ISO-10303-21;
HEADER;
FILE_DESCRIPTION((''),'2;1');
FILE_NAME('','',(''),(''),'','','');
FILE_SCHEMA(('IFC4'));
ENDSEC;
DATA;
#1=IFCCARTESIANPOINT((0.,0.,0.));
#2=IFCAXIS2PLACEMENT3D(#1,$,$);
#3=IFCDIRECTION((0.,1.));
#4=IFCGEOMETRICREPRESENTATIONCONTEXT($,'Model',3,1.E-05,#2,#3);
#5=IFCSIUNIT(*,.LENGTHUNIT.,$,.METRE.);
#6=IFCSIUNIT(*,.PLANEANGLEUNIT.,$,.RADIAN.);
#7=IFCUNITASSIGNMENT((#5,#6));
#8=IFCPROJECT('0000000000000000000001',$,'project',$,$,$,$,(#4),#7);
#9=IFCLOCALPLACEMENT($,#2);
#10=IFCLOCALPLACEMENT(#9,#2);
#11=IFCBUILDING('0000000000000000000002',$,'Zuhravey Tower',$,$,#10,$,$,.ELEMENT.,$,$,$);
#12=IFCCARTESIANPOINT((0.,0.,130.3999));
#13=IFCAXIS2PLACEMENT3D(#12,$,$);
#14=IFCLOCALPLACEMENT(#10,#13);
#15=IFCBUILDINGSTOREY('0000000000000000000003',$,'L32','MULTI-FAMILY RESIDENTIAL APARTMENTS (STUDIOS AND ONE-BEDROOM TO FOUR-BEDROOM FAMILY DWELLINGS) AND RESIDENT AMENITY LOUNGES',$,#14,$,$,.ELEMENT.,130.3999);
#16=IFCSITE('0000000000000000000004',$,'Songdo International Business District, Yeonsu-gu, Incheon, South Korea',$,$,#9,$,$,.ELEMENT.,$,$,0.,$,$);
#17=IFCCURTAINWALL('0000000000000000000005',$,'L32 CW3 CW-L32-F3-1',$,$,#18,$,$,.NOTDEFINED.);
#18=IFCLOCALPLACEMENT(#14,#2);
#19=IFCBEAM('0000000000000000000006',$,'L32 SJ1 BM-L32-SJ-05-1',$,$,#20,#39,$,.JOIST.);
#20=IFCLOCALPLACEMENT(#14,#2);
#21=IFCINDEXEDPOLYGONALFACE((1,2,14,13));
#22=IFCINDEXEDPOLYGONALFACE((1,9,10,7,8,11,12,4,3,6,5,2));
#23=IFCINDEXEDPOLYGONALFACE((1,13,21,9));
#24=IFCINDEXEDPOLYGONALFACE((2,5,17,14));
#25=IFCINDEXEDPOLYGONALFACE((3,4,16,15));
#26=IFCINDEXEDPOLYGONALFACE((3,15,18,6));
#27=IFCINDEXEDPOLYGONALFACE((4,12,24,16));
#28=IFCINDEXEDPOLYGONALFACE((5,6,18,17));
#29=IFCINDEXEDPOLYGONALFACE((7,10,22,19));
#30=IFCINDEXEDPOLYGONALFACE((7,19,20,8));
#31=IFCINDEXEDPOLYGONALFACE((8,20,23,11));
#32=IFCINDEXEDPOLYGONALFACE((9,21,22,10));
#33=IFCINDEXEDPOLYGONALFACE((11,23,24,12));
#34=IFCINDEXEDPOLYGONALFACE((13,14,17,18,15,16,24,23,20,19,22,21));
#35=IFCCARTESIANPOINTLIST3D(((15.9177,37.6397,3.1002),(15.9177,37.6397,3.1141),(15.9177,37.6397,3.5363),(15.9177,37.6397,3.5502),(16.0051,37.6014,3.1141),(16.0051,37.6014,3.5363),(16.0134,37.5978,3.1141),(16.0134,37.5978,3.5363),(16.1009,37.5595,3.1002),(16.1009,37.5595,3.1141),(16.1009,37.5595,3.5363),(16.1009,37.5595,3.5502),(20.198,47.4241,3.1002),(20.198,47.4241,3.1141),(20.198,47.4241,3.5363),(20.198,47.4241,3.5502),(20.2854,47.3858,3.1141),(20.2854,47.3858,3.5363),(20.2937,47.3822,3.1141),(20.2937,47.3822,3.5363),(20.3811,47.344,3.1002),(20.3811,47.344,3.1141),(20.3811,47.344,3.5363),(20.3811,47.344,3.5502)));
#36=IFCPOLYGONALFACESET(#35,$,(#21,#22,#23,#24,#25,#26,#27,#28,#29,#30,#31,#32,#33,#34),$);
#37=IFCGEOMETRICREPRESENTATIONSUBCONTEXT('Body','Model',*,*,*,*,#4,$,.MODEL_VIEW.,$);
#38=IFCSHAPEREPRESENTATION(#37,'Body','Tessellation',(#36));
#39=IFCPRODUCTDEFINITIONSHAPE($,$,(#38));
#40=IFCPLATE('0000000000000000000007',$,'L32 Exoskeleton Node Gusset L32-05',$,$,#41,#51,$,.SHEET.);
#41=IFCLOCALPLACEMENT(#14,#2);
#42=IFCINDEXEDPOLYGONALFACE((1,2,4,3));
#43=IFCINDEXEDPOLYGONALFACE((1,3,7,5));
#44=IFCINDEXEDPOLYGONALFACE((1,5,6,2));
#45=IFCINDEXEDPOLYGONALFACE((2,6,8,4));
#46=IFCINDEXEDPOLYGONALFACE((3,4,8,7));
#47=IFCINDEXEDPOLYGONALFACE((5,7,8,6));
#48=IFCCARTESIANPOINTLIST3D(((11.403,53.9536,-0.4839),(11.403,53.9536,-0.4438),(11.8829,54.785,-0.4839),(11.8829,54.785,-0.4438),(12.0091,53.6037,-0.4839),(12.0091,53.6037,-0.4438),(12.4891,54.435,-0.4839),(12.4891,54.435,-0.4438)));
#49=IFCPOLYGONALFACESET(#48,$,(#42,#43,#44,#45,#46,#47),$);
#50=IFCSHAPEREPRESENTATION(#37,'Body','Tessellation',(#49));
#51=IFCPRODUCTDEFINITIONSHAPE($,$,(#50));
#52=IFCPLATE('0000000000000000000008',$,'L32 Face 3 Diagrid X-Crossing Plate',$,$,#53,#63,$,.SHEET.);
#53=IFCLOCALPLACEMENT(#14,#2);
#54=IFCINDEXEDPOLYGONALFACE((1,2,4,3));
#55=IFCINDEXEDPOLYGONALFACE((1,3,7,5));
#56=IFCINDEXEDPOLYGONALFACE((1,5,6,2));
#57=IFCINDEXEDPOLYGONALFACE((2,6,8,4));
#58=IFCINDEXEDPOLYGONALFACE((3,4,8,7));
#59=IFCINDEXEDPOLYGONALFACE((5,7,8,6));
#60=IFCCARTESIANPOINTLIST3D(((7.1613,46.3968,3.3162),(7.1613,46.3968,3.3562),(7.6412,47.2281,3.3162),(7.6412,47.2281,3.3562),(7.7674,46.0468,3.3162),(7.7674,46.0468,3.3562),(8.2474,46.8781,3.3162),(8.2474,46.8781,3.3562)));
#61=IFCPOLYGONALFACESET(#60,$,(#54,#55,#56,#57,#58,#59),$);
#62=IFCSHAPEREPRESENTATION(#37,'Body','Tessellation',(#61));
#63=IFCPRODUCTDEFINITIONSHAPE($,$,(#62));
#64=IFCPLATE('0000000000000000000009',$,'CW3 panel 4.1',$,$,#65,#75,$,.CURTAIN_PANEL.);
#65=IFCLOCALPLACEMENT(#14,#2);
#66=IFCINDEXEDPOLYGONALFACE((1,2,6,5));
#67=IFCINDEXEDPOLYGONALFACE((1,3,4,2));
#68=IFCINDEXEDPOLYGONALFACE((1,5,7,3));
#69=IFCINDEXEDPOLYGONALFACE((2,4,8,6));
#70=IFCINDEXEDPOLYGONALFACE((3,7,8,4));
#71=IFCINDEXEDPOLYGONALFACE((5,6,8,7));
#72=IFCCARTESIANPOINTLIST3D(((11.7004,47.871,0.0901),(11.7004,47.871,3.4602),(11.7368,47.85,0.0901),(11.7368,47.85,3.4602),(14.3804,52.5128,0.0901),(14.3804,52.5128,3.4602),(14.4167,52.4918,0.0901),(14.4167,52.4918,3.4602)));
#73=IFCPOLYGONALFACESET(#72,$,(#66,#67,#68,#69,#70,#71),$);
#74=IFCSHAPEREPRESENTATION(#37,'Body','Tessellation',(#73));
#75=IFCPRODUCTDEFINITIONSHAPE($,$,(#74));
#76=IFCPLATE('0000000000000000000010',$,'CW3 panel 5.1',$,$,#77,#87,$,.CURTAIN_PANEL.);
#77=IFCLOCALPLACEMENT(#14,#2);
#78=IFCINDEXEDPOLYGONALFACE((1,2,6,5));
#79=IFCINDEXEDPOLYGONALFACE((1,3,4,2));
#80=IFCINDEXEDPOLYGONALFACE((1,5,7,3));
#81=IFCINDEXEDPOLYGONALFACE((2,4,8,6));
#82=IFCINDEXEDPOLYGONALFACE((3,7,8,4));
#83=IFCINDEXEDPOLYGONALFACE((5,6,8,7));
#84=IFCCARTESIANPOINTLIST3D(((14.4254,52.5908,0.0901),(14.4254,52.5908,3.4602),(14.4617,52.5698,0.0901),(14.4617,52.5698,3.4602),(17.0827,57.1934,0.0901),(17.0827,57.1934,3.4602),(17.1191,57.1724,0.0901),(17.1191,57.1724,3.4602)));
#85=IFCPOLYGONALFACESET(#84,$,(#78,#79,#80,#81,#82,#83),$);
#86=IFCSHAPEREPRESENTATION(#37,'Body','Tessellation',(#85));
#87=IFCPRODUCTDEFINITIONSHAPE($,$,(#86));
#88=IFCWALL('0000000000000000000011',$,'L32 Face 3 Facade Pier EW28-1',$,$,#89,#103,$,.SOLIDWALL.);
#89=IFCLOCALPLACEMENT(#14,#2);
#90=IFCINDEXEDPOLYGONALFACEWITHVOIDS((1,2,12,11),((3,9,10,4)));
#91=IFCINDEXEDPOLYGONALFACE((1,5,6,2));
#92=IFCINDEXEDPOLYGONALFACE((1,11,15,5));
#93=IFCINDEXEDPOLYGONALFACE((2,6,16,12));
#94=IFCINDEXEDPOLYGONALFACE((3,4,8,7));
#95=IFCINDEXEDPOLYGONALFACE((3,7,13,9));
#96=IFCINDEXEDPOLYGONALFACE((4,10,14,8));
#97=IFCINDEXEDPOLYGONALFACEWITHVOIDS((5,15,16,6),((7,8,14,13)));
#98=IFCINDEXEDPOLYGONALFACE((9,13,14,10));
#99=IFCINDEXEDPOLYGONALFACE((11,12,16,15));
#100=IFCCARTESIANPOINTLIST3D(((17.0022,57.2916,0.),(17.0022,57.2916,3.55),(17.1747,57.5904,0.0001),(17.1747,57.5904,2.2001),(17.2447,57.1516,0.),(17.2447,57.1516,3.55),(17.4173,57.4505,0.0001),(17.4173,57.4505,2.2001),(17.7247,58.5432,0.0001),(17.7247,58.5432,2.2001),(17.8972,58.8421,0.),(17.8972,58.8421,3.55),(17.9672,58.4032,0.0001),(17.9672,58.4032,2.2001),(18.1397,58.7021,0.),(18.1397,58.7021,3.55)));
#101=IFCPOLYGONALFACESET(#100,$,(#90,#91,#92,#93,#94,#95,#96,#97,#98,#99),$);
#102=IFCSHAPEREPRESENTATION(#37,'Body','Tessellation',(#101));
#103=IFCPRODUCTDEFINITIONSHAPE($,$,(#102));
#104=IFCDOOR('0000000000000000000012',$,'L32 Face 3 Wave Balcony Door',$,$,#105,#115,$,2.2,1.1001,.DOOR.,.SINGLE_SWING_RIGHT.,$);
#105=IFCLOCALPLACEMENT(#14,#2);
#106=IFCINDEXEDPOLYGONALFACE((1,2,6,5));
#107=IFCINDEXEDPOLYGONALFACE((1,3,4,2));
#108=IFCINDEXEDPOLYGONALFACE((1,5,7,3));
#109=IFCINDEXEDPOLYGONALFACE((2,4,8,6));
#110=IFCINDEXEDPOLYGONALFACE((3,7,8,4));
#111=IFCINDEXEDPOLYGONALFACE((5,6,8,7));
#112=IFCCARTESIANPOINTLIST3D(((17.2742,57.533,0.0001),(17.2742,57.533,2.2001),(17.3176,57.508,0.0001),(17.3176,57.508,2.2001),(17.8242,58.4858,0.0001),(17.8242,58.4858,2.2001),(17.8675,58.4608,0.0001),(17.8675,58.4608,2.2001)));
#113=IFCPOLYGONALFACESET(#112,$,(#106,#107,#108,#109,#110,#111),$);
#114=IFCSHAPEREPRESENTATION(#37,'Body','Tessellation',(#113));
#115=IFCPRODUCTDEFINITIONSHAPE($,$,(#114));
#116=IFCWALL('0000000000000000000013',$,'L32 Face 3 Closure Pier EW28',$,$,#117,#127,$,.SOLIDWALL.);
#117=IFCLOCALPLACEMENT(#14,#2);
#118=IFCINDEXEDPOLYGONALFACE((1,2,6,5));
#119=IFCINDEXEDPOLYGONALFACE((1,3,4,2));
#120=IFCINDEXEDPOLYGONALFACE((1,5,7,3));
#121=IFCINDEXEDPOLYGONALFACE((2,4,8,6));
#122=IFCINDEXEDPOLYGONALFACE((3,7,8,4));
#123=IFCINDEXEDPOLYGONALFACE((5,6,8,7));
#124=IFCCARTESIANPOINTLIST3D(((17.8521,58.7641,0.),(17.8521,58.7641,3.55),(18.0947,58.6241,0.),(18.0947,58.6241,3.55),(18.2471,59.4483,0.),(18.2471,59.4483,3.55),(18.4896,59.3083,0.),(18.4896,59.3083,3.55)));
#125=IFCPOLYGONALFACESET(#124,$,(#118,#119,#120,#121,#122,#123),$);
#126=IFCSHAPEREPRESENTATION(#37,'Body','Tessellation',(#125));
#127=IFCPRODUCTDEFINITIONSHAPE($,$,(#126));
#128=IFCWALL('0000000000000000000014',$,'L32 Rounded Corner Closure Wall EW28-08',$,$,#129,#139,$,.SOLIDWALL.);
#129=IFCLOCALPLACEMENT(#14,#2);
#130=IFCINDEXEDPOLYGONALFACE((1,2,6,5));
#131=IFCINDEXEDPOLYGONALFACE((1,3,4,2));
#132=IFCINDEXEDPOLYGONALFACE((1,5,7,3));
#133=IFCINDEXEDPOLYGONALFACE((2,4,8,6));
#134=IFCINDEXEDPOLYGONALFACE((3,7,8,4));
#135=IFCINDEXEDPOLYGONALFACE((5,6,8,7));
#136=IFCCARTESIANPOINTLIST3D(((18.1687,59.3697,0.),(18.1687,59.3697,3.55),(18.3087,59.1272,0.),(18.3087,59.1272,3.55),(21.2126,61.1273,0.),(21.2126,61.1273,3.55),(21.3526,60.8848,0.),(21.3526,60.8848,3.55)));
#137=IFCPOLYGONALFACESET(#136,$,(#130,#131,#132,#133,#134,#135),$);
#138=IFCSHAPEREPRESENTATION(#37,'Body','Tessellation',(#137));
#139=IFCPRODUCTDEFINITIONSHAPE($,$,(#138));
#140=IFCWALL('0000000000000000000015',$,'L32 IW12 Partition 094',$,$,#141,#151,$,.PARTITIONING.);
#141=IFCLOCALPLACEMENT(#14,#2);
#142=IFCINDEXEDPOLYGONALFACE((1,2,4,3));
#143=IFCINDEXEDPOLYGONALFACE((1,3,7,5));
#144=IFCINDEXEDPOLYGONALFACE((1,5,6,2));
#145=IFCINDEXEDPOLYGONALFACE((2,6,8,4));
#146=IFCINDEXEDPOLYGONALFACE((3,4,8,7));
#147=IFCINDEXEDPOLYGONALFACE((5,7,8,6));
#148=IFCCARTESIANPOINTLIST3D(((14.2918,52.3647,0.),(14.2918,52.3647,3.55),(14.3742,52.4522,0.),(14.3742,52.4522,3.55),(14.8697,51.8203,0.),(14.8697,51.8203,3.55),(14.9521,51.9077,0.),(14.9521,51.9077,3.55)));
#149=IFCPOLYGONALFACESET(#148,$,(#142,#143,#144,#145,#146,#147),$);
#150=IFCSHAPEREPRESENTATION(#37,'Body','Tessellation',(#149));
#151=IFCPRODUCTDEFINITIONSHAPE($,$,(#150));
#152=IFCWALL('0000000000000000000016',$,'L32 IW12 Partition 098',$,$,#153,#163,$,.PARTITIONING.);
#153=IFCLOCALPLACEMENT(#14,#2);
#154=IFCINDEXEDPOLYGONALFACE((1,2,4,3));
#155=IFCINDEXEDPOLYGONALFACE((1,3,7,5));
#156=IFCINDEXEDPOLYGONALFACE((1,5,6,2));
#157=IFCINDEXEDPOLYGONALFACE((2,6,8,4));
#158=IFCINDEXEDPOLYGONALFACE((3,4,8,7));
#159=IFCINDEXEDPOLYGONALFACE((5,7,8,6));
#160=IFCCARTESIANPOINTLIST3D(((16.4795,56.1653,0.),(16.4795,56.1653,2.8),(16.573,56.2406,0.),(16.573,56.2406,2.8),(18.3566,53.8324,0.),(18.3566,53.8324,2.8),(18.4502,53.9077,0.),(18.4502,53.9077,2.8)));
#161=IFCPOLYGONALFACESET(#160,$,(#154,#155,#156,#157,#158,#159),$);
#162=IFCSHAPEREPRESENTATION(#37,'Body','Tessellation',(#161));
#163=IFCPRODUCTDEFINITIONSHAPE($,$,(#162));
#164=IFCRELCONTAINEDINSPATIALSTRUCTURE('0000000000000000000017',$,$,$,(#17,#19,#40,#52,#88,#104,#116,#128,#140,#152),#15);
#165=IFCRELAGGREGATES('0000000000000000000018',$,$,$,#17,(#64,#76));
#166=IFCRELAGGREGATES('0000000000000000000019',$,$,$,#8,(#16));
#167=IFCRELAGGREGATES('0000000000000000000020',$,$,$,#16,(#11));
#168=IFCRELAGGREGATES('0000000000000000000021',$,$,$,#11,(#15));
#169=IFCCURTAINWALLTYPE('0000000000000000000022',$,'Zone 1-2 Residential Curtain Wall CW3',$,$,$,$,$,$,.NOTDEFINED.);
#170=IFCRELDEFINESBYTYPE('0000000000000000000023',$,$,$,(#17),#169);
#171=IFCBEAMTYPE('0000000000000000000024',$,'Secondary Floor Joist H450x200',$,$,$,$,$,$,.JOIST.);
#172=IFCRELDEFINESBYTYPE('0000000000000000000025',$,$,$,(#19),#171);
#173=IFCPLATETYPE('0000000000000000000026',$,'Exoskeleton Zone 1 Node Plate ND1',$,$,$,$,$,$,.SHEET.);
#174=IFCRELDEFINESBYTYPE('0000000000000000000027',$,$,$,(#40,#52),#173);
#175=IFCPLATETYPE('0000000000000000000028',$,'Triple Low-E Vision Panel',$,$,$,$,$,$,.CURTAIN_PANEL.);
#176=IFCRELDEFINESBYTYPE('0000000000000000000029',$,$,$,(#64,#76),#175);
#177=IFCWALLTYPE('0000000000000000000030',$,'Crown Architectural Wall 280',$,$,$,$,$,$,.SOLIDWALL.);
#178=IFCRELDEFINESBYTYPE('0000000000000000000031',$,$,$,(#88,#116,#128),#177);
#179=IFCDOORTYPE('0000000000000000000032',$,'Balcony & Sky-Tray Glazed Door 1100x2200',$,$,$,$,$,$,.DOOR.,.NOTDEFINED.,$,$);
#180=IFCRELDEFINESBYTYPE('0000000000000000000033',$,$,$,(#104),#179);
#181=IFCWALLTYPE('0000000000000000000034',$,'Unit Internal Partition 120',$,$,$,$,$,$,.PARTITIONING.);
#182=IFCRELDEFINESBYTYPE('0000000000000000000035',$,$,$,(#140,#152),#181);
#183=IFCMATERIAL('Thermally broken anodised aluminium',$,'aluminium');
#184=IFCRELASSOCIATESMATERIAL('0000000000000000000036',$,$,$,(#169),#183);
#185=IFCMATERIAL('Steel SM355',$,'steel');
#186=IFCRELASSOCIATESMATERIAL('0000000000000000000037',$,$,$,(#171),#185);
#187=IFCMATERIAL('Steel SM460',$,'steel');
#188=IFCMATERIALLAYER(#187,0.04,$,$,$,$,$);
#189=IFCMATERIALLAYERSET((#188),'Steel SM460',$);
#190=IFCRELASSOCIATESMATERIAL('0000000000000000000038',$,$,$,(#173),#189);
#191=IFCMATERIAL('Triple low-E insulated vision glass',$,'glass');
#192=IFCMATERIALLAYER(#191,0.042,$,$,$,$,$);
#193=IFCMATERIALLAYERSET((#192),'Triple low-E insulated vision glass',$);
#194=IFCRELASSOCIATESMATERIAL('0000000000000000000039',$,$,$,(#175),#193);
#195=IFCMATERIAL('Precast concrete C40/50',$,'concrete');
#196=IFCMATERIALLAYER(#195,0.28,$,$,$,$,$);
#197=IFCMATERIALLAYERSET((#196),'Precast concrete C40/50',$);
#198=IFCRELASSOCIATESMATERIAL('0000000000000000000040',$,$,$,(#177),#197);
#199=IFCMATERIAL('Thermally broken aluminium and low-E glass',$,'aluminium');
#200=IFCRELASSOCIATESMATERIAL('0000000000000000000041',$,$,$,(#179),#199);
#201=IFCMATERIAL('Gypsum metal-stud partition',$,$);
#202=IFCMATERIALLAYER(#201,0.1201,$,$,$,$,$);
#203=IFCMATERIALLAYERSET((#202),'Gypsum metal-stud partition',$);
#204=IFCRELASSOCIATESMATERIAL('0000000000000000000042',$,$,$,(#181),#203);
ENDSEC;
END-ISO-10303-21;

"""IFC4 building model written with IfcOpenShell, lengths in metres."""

from ifc_helpers import new_model, si_unit, direction, frame, frame_2d, origin, origin_2d, place, context, subcontext, project, spatial, rectangle, i_section, extrude, material, layer, layer_set, material_profile, profile_set, type_object, element, fill, aggregate, save


model = new_model("IFC4")

# Units and contexts
model_context = context("Model", 3, precision=1e-05, world=origin(), true_north=direction((0.0, 1.0)))
body_context = subcontext(model_context, "Body", "Model", "MODEL_VIEW")
ifc_project = project(units=[si_unit("LENGTHUNIT", "METRE"), si_unit("PLANEANGLEUNIT", "RADIAN")], contexts=[model_context])

# Site, building, storey
site_placement = place(None, origin())
site = spatial("IfcSite", under=ifc_project, at=site_placement, Name="Songdo International Business District, Yeonsu-gu, Incheon, South Korea", CompositionType="ELEMENT", RefElevation=0.0)
building_placement = place(site_placement, origin())
building = spatial("IfcBuilding", under=site, at=building_placement, Name="Zuhravey Tower", CompositionType="ELEMENT")
storey_placement = place(building_placement, frame((0.0, 0.0, 130.3999)))
storey = spatial("IfcBuildingStorey", under=building, at=storey_placement, Name="L32", Description="MULTI-FAMILY RESIDENTIAL APARTMENTS (STUDIOS AND ONE-BEDROOM TO FOUR-BEDROOM FAMILY DWELLINGS) AND RESIDENT AMENITY LOUNGES", CompositionType="ELEMENT", Elevation=130.3999)

# Curtain wall
ifc_material_1 = material(Name="Thermally broken anodised aluminium", Category="aluminium")
curtain_wall_type = type_object("IfcCurtainWallType", Name="Zone 1-2 Residential Curtain Wall CW3", PredefinedType="NOTDEFINED", material=ifc_material_1)
curtain_wall_1_placement = place(storey_placement, origin())
curtain_wall_1 = element("IfcCurtainWall", 1, at=curtain_wall_1_placement, inside=storey, type_object=curtain_wall_type, Name="L32 CW3 CW-L32-F3-1", PredefinedType="NOTDEFINED")

# Shared definitions
ifc_material_2 = material(Name="Steel SM355", Category="steel")
ifc_material_3 = material(Name="Steel SM460", Category="steel")

# Beam
ifc_material_profile_1 = material_profile(ifc_material_2, i_section(OverallWidth=0.2, OverallDepth=0.45, WebThickness=0.009, FlangeThickness=0.0139, at=origin_2d()), Name="H-450x200x9x14")
ifc_profile_set_1 = profile_set([ifc_material_profile_1], Name="Steel SM355")
beam_type_1 = type_object("IfcBeamType", Name="Secondary Floor Joist H450x200", PredefinedType="JOIST", material=ifc_profile_set_1)
beam_1_placement = place(storey_placement, frame((20.2896, 47.384, 3.3252), z_axis=(-0.400786, -0.916172, 0.0), x_axis=(0.916172, -0.400786, 0.0)))
element("IfcBeam", 2, at=beam_1_placement, inside=storey, type_object=beam_type_1, Name="L32 SJ1 BM-L32-SJ-05-1", PredefinedType="JOIST", context=body_context, shape_type="SweptSolid", body=[
    extrude(i_section(OverallWidth=0.2, OverallDepth=0.45, WebThickness=0.009, FlangeThickness=0.0139, at=origin_2d()), origin(), (0.0, 0.0, 1.0), 10.6797),
])

# Plates
ifc_layer_1 = layer(ifc_material_3, 0.04)
ifc_layer_set_1 = layer_set([ifc_layer_1], Name="Steel SM460")
plate_type_1 = type_object("IfcPlateType", Name="Exoskeleton Zone 1 Node Plate ND1", PredefinedType="SHEET", material=ifc_layer_set_1)
for number, where, z_axis, x_axis, name in (
    (3, (11.946, 54.1943, -0.4839), (0.0, 0.0, 1.0), (-0.5, -0.866025, 0.0), "L32 Exoskeleton Node Gusset L32-05"),
    (4, (7.7043, 46.6375, 3.3162), (0.0, 0.0, 1.0), (-0.5, -0.866025, 0.0), "L32 Face 3 Diagrid X-Crossing Plate"),
):
    element("IfcPlate", number, at=place(storey_placement, frame(where, z_axis=z_axis, x_axis=x_axis)), inside=storey, type_object=plate_type_1, Name=name, PredefinedType="SHEET", context=body_context, shape_type="SweptSolid", body=[
        extrude(rectangle(XDim=0.96, YDim=0.7, at=origin_2d()), origin(), (0.0, 0.0, 1.0), 0.04),
    ])

# Plates
ifc_material_4 = material(Name="Triple low-E insulated vision glass", Category="glass")
ifc_layer_2 = layer(ifc_material_4, 0.042)
ifc_layer_set_2 = layer_set([ifc_layer_2], Name="Triple low-E insulated vision glass")
plate_type_2 = type_object("IfcPlateType", Name="Triple Low-E Vision Panel", PredefinedType="CURTAIN_PANEL", material=ifc_layer_set_2)
plate_1_placement = place(storey_placement, frame((13.0586, 50.1814, 0.0901), z_axis=(0.0, 0.0, 1.0), x_axis=(0.5, 0.866025, 0.0)))
plate_1 = element("IfcPlate", 5, at=plate_1_placement, type_object=plate_type_2, Name="CW3 panel 4.1", PredefinedType="CURTAIN_PANEL", context=body_context, shape_type="SweptSolid", body=[
    extrude(rectangle(XDim=5.3599, YDim=0.042, at=origin_2d()), origin(), (0.0, 0.0, 1.0), 3.3701),
])
plate_2_placement = place(storey_placement, frame((15.7722, 54.8816, 0.0901), z_axis=(0.0, 0.0, 1.0), x_axis=(0.5, 0.866025, 0.0)))
plate_2 = element("IfcPlate", 6, at=plate_2_placement, type_object=plate_type_2, Name="CW3 panel 5.1", PredefinedType="CURTAIN_PANEL", context=body_context, shape_type="SweptSolid", body=[
    extrude(rectangle(XDim=5.3147, YDim=0.042, at=origin_2d()), origin(), (0.0, 0.0, 1.0), 3.3701),
])
aggregate(curtain_wall_1, [plate_1, plate_2])

# Wall, opening, door
ifc_material_5 = material(Name="Precast concrete C40/50", Category="concrete")
ifc_layer_3 = layer(ifc_material_5, 0.28)
ifc_layer_set_3 = layer_set([ifc_layer_3], Name="Precast concrete C40/50")
wall_type_1 = type_object("IfcWallType", Name="Crown Architectural Wall 280", PredefinedType="SOLIDWALL", material=ifc_layer_set_3)
wall_1_placement = place(storey_placement, frame((17.1235, 57.2217, 0.0), z_axis=(0.0, 0.0, 1.0), x_axis=(0.499923, 0.86607, 0.0)))
wall_1 = element("IfcWall", 7, at=wall_1_placement, inside=storey, type_object=wall_type_1, Name="L32 Face 3 Facade Pier EW28-1", PredefinedType="SOLIDWALL", context=body_context, shape_type="SweptSolid", body=[
    extrude(rectangle(XDim=1.7903, YDim=0.28, at=frame_2d((0.895, 0.0))), origin(), (0.0, 0.0, 1.0), 3.55),
])
opening_placement = place(wall_1_placement, frame((0.345, 0.0, 0.0)))
opening = element("IfcOpeningElement", 8, at=opening_placement, cuts=wall_1, PredefinedType="OPENING", context=body_context, shape_type="SweptSolid", body=[
    extrude(rectangle(XDim=1.1001, YDim=2.2, at=frame_2d((0.55, 1.1001))), frame((0.0, 0.1521, 0.0), z_axis=(0.0, -1.0, 0.0), x_axis=(1.0, 0.0, 0.0)), (0.0, 0.0, 1.0), 0.304),
])
ifc_material_6 = material(Name="Thermally broken aluminium and low-E glass", Category="aluminium")
door_type = type_object("IfcDoorType", Name="Balcony & Sky-Tray Glazed Door 1100x2200", OperationType="NOTDEFINED", PredefinedType="DOOR", material=ifc_material_6)
door_placement = place(opening_placement, frame((1.1001, 0.0, 0.0), z_axis=(0.0, 0.0, 1.0), x_axis=(-1.0, 0.0, 0.0)))
door = element("IfcDoor", 9, at=door_placement, inside=storey, type_object=door_type, Name="L32 Face 3 Wave Balcony Door", OperationType="SINGLE_SWING_RIGHT", OverallHeight=2.2, OverallWidth=1.1001, PredefinedType="DOOR", context=body_context, shape_type="SweptSolid", body=[
    extrude(rectangle(XDim=1.1001, YDim=2.2, at=frame_2d((0.55, 1.1001))), frame((0.0, 0.0249, 0.0), z_axis=(0.0, -1.0, 0.0), x_axis=(1.0, 0.0, 0.0)), (0.0, 0.0, 1.0), 0.05),
])
fill(opening, door)

# Walls
wall_2_placement = place(storey_placement, frame((17.9734, 58.6941, 0.0), z_axis=(0.0, 0.0, 1.0), x_axis=(0.499928, 0.866067, 0.0)))
element("IfcWall", 10, at=wall_2_placement, inside=storey, type_object=wall_type_1, Name="L32 Face 3 Closure Pier EW28", PredefinedType="SOLIDWALL", context=body_context, shape_type="SweptSolid", body=[
    extrude(rectangle(XDim=0.79, YDim=0.28, at=frame_2d((0.395, 0.0))), origin(), (0.0, 0.0, 1.0), 3.55),
])
wall_3_placement = place(storey_placement, frame((18.2388, 59.2485, 0.0), z_axis=(0.0, 0.0, 1.0), x_axis=(0.866007, 0.500031, 0.0)))
element("IfcWall", 11, at=wall_3_placement, inside=storey, type_object=wall_type_1, Name="L32 Rounded Corner Closure Wall EW28-08", PredefinedType="SOLIDWALL", context=body_context, shape_type="SweptSolid", body=[
    extrude(rectangle(XDim=3.5149, YDim=0.28, at=frame_2d((1.7573, 0.0))), origin(), (0.0, 0.0, 1.0), 3.55),
])
ifc_material_7 = material(Name="Gypsum metal-stud partition")
ifc_layer_4 = layer(ifc_material_7, 0.1201)
ifc_layer_set_4 = layer_set([ifc_layer_4], Name="Gypsum metal-stud partition")
wall_type_2 = type_object("IfcWallType", Name="Unit Internal Partition 120", PredefinedType="PARTITIONING", material=ifc_layer_set_4)
wall_4_placement = place(storey_placement, frame((14.9109, 51.864, 0.0), z_axis=(0.0, 0.0, 1.0), x_axis=(-0.727857, 0.685729, 0.0)))
element("IfcWall", 12, at=wall_4_placement, inside=storey, type_object=wall_type_2, Name="L32 IW12 Partition 094", PredefinedType="PARTITIONING", context=body_context, shape_type="SweptSolid", body=[
    extrude(rectangle(XDim=0.7939, YDim=0.1201, at=frame_2d((0.397, 0.0))), origin(), (0.0, 0.0, 1.0), 3.55),
])
wall_5_placement = place(storey_placement, frame((18.4033, 53.8701, 0.0), z_axis=(0.0, 0.0, 1.0), x_axis=(-0.62689, 0.779108, 0.0)))
element("IfcWall", 13, at=wall_5_placement, inside=storey, type_object=wall_type_2, Name="L32 IW12 Partition 098", PredefinedType="PARTITIONING", context=body_context, shape_type="SweptSolid", body=[
    extrude(rectangle(XDim=2.9944, YDim=0.1201, at=frame_2d((1.4971, 0.0))), origin(), (0.0, 0.0, 1.0), 2.8),
])

save(model, "model.ifc")
